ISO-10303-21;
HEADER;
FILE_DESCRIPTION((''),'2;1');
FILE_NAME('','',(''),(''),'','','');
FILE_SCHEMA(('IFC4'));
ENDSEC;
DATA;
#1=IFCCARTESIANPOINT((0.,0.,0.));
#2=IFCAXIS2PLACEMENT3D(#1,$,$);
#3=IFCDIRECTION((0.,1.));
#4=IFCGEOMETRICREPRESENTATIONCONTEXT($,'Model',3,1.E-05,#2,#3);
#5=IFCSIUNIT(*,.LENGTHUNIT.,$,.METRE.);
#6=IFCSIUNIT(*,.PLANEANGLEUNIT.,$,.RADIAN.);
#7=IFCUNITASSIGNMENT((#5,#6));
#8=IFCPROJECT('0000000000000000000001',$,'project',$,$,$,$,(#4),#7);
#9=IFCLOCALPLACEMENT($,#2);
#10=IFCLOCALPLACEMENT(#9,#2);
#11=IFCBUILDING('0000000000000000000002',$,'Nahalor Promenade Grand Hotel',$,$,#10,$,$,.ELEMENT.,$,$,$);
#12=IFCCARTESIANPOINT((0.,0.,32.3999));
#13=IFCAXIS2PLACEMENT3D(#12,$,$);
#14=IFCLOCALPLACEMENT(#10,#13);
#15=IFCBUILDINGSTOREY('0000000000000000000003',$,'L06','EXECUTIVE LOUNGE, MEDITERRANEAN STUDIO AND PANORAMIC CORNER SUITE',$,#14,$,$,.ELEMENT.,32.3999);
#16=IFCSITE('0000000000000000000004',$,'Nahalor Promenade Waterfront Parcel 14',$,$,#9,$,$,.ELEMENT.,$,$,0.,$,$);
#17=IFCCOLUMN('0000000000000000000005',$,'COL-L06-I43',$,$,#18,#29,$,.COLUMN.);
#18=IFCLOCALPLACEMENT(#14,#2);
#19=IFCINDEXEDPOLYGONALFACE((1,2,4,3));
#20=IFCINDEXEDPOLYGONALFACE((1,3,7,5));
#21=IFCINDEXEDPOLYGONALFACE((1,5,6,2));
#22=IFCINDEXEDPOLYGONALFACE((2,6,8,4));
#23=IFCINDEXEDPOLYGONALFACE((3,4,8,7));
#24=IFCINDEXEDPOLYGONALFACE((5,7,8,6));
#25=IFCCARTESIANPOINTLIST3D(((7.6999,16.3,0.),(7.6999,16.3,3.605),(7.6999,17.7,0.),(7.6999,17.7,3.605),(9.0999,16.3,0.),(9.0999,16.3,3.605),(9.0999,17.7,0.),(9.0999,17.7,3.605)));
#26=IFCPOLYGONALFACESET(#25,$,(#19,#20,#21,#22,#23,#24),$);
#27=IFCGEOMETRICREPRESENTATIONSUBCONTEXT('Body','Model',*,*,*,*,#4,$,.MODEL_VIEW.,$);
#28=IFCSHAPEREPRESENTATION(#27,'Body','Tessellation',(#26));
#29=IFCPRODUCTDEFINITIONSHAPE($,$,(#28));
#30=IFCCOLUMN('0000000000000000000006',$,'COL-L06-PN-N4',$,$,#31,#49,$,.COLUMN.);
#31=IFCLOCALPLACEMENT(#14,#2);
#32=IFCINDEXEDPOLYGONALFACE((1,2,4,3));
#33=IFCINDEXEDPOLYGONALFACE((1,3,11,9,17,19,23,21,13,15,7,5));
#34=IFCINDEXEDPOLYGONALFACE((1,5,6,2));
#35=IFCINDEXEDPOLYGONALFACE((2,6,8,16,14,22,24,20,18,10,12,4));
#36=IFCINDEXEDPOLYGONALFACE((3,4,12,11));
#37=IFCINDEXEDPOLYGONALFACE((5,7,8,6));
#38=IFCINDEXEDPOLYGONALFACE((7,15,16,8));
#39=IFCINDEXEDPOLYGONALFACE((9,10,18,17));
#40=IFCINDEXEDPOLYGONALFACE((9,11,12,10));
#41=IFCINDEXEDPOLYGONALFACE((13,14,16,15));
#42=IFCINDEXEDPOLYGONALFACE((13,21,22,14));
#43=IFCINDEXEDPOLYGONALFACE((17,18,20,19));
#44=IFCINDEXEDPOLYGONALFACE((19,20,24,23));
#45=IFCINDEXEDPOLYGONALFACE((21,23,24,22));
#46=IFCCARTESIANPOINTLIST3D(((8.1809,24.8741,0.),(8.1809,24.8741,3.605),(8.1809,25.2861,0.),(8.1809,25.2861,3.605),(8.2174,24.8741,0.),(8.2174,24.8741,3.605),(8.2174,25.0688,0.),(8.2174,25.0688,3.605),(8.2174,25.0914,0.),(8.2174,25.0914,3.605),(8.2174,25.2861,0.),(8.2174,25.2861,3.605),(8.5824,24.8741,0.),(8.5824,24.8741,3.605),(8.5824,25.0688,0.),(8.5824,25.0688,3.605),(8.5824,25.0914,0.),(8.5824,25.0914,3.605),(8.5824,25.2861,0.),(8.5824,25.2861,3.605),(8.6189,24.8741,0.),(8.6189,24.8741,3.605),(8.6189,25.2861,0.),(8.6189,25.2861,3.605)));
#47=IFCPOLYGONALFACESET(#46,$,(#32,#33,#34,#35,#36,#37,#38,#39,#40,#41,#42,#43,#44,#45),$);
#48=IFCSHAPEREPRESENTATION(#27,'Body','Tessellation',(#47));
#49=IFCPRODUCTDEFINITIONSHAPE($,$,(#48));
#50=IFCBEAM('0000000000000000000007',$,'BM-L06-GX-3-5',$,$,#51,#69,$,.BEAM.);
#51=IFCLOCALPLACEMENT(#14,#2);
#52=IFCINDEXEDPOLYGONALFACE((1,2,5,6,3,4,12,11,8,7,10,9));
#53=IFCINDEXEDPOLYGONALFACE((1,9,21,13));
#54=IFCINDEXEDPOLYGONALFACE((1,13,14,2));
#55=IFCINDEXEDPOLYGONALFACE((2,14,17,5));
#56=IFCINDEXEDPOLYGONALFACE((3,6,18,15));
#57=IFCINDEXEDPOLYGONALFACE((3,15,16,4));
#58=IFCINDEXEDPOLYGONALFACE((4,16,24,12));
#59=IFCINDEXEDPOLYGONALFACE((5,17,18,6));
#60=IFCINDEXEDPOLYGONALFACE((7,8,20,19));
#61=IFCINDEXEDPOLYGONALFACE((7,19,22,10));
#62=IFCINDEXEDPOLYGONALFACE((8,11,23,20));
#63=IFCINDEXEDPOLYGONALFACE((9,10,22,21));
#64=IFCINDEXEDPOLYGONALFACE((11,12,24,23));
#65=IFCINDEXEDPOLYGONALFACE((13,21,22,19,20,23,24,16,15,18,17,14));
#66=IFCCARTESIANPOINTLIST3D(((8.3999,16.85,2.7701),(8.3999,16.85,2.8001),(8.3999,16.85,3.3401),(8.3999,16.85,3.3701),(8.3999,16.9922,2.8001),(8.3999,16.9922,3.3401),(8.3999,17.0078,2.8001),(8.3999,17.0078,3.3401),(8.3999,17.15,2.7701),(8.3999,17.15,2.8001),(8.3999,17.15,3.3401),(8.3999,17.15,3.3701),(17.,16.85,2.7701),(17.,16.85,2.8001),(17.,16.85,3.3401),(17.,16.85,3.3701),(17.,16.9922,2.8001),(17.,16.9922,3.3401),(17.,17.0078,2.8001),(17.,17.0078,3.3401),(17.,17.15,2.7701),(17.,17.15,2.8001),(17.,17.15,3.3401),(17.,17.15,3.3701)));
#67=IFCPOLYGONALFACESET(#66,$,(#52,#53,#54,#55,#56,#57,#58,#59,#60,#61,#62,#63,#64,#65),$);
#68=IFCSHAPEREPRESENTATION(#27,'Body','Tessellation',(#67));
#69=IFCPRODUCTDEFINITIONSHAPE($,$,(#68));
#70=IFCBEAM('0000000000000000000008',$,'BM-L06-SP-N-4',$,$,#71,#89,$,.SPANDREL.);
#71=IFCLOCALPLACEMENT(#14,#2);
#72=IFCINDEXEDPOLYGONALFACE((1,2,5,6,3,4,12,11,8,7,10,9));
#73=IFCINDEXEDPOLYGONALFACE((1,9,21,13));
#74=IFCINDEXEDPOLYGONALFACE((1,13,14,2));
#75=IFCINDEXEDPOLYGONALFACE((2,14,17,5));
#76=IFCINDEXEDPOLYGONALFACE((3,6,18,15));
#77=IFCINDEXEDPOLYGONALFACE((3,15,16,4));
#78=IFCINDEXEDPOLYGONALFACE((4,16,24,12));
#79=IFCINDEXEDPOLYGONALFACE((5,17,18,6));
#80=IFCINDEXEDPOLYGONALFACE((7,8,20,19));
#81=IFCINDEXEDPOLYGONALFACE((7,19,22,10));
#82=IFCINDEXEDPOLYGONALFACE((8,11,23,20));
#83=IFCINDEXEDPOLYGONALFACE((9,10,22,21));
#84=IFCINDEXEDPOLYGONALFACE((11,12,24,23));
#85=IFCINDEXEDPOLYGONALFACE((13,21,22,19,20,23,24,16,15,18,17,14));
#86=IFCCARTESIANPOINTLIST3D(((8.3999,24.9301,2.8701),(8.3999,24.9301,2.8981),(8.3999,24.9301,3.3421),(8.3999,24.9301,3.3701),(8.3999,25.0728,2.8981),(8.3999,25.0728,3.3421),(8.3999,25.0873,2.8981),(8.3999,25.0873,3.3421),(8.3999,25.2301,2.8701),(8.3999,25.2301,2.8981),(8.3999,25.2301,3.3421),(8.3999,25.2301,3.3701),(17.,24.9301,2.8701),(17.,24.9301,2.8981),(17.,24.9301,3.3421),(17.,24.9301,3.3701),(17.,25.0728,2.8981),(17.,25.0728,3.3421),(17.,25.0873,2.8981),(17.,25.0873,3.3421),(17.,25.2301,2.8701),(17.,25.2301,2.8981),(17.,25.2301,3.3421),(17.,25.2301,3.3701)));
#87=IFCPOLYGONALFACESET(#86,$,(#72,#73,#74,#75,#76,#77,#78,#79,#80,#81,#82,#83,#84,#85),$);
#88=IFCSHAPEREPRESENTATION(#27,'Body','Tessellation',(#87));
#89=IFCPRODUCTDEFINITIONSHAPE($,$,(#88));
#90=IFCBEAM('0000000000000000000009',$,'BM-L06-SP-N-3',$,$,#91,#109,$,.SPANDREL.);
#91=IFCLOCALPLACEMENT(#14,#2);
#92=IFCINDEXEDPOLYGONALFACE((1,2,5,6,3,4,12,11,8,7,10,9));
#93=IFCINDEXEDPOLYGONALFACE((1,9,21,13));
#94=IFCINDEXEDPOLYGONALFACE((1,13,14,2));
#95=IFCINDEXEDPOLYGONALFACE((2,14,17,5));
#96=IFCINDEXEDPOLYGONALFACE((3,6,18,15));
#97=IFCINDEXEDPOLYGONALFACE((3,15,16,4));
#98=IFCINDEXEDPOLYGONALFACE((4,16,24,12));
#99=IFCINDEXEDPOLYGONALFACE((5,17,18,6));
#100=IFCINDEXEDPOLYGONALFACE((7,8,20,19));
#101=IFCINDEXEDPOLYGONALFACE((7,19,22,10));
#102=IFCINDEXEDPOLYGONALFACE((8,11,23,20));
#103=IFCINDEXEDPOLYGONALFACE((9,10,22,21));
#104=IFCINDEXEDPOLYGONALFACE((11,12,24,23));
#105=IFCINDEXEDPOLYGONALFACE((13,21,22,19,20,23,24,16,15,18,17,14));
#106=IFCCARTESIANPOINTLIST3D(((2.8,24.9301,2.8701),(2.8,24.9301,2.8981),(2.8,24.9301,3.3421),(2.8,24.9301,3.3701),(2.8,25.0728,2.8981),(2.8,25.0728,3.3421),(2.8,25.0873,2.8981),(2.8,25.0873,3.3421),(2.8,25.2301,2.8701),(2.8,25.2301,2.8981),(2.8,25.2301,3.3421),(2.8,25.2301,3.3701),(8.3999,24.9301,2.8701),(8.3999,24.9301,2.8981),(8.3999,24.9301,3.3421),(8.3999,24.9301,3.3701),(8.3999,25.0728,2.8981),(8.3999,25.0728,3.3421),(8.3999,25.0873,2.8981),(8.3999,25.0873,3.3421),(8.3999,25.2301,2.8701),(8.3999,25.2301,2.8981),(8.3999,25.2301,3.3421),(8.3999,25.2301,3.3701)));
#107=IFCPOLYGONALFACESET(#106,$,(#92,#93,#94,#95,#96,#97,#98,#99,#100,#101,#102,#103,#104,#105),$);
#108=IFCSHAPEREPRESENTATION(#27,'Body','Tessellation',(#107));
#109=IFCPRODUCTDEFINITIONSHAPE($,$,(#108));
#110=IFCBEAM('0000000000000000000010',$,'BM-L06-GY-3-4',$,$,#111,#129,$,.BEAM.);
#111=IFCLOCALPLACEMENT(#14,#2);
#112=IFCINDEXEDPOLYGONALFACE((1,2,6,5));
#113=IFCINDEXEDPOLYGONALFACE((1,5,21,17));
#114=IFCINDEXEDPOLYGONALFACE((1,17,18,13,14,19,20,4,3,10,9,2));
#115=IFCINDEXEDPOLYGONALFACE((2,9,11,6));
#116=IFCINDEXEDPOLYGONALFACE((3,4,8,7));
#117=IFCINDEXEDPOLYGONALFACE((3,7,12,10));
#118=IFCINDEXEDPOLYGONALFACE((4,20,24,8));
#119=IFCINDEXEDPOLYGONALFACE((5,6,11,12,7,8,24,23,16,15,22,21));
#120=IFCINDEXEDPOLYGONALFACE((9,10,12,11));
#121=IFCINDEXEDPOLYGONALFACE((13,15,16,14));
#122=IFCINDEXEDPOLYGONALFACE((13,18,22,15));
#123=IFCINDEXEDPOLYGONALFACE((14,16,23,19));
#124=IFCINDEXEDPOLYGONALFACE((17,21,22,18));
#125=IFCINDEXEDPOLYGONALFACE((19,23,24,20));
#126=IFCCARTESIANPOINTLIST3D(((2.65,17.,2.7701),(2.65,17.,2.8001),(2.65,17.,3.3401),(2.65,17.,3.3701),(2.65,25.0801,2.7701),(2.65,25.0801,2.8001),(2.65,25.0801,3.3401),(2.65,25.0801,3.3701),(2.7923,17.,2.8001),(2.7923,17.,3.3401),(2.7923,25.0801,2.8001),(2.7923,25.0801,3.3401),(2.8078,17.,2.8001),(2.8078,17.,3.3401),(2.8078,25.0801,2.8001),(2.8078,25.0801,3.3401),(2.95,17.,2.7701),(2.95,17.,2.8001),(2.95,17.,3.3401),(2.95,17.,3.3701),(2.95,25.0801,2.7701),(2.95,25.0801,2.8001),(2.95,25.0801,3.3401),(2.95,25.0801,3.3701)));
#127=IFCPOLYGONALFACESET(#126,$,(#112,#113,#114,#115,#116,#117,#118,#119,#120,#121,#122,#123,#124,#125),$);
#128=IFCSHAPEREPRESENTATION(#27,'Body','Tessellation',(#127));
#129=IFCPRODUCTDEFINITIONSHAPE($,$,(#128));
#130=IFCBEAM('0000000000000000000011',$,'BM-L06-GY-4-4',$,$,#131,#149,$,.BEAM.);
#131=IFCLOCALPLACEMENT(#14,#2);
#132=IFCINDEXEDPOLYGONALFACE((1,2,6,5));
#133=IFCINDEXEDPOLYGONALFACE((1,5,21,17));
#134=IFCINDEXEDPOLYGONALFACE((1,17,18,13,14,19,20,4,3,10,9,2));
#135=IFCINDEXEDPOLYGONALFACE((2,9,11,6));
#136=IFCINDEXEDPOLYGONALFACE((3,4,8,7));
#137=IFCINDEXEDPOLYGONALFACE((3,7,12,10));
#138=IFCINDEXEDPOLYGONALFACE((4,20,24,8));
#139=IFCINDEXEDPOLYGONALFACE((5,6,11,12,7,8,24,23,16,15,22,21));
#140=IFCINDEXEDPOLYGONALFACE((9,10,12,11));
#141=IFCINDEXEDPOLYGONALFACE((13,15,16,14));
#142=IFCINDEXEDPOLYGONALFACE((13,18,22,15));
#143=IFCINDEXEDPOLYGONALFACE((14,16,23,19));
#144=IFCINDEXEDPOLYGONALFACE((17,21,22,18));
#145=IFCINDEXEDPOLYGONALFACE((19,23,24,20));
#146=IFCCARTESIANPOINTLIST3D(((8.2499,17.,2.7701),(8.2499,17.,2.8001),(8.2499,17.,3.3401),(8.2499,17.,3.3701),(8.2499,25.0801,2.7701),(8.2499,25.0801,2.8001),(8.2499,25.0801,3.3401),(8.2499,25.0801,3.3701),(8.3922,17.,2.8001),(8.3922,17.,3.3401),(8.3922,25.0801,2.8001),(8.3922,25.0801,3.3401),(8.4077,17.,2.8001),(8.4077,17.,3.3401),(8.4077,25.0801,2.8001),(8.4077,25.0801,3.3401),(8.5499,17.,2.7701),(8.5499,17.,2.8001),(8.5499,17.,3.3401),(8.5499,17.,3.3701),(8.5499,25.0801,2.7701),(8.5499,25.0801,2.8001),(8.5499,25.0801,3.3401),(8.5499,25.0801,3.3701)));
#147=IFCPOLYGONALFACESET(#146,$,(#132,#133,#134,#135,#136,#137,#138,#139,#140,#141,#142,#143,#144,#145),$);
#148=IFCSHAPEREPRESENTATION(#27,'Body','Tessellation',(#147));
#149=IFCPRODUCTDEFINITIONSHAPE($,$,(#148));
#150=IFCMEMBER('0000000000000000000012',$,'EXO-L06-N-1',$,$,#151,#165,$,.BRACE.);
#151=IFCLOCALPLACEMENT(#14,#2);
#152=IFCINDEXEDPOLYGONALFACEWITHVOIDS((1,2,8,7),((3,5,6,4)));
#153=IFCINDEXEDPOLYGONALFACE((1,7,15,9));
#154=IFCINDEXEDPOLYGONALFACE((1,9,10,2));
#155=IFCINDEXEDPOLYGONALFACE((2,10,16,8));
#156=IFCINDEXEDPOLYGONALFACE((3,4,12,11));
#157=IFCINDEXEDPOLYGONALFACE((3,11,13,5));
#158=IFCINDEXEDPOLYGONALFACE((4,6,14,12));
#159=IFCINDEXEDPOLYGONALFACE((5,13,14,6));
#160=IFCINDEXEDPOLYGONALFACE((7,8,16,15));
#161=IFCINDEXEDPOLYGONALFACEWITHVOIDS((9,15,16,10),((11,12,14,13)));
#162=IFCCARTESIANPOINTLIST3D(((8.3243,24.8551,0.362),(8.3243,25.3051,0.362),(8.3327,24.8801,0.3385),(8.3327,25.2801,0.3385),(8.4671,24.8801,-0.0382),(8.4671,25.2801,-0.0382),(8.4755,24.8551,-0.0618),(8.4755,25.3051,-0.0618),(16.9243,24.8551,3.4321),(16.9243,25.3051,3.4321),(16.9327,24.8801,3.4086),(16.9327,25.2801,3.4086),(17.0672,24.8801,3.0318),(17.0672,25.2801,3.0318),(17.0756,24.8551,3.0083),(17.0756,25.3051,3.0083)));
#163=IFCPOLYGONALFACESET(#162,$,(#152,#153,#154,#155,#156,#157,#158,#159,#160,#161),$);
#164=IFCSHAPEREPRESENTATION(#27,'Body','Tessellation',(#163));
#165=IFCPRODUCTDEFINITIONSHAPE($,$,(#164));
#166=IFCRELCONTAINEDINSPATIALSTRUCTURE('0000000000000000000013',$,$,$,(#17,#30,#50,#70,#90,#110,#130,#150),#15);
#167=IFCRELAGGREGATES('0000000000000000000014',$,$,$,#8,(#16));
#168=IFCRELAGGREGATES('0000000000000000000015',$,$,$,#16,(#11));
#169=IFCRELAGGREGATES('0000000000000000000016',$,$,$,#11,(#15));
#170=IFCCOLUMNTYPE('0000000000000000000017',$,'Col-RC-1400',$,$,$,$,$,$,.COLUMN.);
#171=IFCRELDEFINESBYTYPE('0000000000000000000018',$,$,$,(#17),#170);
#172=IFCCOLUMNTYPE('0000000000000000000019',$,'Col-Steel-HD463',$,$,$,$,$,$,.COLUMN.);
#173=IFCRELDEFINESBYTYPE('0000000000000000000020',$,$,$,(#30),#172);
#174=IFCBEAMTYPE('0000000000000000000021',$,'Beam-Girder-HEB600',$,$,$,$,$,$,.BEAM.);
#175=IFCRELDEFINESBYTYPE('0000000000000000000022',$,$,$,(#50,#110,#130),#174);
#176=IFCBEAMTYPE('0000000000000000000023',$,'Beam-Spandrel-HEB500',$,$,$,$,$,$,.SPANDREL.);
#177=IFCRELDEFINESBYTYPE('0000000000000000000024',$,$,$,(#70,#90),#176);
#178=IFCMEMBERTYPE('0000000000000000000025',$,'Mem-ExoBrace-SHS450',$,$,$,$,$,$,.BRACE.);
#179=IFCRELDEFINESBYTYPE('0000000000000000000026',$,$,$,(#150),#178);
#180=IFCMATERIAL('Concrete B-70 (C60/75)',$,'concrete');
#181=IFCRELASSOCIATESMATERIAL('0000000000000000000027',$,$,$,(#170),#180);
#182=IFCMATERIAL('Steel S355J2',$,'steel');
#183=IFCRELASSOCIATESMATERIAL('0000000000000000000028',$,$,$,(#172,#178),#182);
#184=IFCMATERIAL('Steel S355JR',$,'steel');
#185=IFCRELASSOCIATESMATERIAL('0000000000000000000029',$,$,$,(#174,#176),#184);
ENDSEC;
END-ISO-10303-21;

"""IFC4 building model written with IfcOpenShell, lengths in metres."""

from ifc_helpers import new_model, si_unit, direction, frame, origin, origin_2d, place, context, subcontext, project, spatial, rectangle, hollow_rectangle, i_section, extrude, source, transform, mapped, material, material_profile, profile_set, type_object, element, save


model = new_model("IFC4")

# Units and contexts
model_context = context("Model", 3, precision=1e-05, world=origin(), true_north=direction((0.0, 1.0)))
body_context = subcontext(model_context, "Body", "Model", "MODEL_VIEW")
ifc_project = project(units=[si_unit("LENGTHUNIT", "METRE"), si_unit("PLANEANGLEUNIT", "RADIAN")], contexts=[model_context])

# Site, building, storey
site_placement = place(None, origin())
site = spatial("IfcSite", under=ifc_project, at=site_placement, Name="Nahalor Promenade Waterfront Parcel 14", CompositionType="ELEMENT", RefElevation=0.0)
building_placement = place(site_placement, origin())
building = spatial("IfcBuilding", under=site, at=building_placement, Name="Nahalor Promenade Grand Hotel", CompositionType="ELEMENT")
storey_placement = place(building_placement, frame((0.0, 0.0, 32.3999)))
storey = spatial("IfcBuildingStorey", under=building, at=storey_placement, Name="L06", Description="EXECUTIVE LOUNGE, MEDITERRANEAN STUDIO AND PANORAMIC CORNER SUITE", CompositionType="ELEMENT", Elevation=32.3999)

# Columns
ifc_material_1 = material(Name="Concrete B-70 (C60/75)", Category="concrete")
ifc_material_profile_1 = material_profile(ifc_material_1, rectangle(XDim=1.4, YDim=1.4, at=origin_2d()), Name="RC 1400x1400")
ifc_profile_set_1 = profile_set([ifc_material_profile_1], Name="Concrete B-70 (C60/75)")
column_type_1 = type_object("IfcColumnType", Name="Col-RC-1400", PredefinedType="COLUMN", material=ifc_profile_set_1)
shared_shape_1 = source(origin(), body_context, "Body", "SweptSolid", [
    extrude(rectangle(XDim=1.4, YDim=1.4, at=origin_2d()), origin(), (0.0, 0.0, 1.0), 3.605),
])
column_1_placement = place(storey_placement, frame((8.3999, 17.0, 0.0), z_axis=(0.0, 0.0, 1.0), x_axis=(1.0, 0.0, 0.0)))
element("IfcColumn", 1, at=column_1_placement, inside=storey, type_object=column_type_1, Name="COL-L06-I43", PredefinedType="COLUMN", context=body_context, shape_type="MappedRepresentation", body=[
    mapped(shared_shape_1, transform((0.0, 0.0, 0.0), scale=1.0)),
])
ifc_material_2 = material(Name="Steel S355J2", Category="steel")
ifc_material_profile_2 = material_profile(ifc_material_2, i_section(OverallWidth=0.412, OverallDepth=0.438, WebThickness=0.0226, FlangeThickness=0.0365, at=origin_2d()), Name="HD 400x463")
ifc_profile_set_2 = profile_set([ifc_material_profile_2], Name="Steel S355J2")
column_type_2 = type_object("IfcColumnType", Name="Col-Steel-HD463", PredefinedType="COLUMN", material=ifc_profile_set_2)
shared_shape_2 = source(origin(), body_context, "Body", "SweptSolid", [
    extrude(i_section(OverallWidth=0.412, OverallDepth=0.438, WebThickness=0.0226, FlangeThickness=0.0365, at=origin_2d()), origin(), (0.0, 0.0, 1.0), 3.605),
])
column_2_placement = place(storey_placement, frame((8.3999, 25.0801, 0.0), z_axis=(0.0, 0.0, 1.0), x_axis=(0.0, 1.0, 0.0)))
element("IfcColumn", 2, at=column_2_placement, inside=storey, type_object=column_type_2, Name="COL-L06-PN-N4", PredefinedType="COLUMN", context=body_context, shape_type="MappedRepresentation", body=[
    mapped(shared_shape_2, transform((0.0, 0.0, 0.0), scale=1.0)),
])

# Beams
ifc_material_3 = material(Name="Steel S355JR", Category="steel")
ifc_material_profile_3 = material_profile(ifc_material_3, i_section(OverallWidth=0.3, OverallDepth=0.6, WebThickness=0.0155, FlangeThickness=0.03, at=origin_2d()), Name="HEB 600")
ifc_profile_set_3 = profile_set([ifc_material_profile_3], Name="Steel S355JR")
beam_type_1 = type_object("IfcBeamType", Name="Beam-Girder-HEB600", PredefinedType="BEAM", material=ifc_profile_set_3)
shared_shape_3 = source(origin(), body_context, "Body", "SweptSolid", [
    extrude(i_section(OverallWidth=0.3, OverallDepth=0.6, WebThickness=0.0155, FlangeThickness=0.03, at=origin_2d()), origin(), (0.0, 0.0, 1.0), 8.6001),
])
beam_1_placement = place(storey_placement, frame((8.3999, 17.0, 3.0701), z_axis=(1.0, 0.0, 0.0), x_axis=(0.0, 1.0, 0.0)))
element("IfcBeam", 3, at=beam_1_placement, inside=storey, type_object=beam_type_1, Name="BM-L06-GX-3-5", PredefinedType="BEAM", context=body_context, shape_type="MappedRepresentation", body=[
    mapped(shared_shape_3, transform((0.0, 0.0, 0.0), scale=1.0)),
])
ifc_material_profile_4 = material_profile(ifc_material_3, i_section(OverallWidth=0.3, OverallDepth=0.5, WebThickness=0.0145, FlangeThickness=0.028, at=origin_2d()), Name="HEB 500")
ifc_profile_set_4 = profile_set([ifc_material_profile_4], Name="Steel S355JR")
beam_type_2 = type_object("IfcBeamType", Name="Beam-Spandrel-HEB500", PredefinedType="SPANDREL", material=ifc_profile_set_4)
shared_shape_4 = source(origin(), body_context, "Body", "SweptSolid", [
    extrude(i_section(OverallWidth=0.3, OverallDepth=0.5, WebThickness=0.0145, FlangeThickness=0.028, at=origin_2d()), origin(), (0.0, 0.0, 1.0), 8.6001),
])
beam_2_placement = place(storey_placement, frame((8.3999, 25.0801, 3.1201), z_axis=(1.0, 0.0, 0.0), x_axis=(0.0, 1.0, 0.0)))
element("IfcBeam", 4, at=beam_2_placement, inside=storey, type_object=beam_type_2, Name="BM-L06-SP-N-4", PredefinedType="SPANDREL", context=body_context, shape_type="MappedRepresentation", body=[
    mapped(shared_shape_4, transform((0.0, 0.0, 0.0), scale=1.0)),
])
shared_shape_5 = source(origin(), body_context, "Body", "SweptSolid", [
    extrude(i_section(OverallWidth=0.3, OverallDepth=0.5, WebThickness=0.0145, FlangeThickness=0.028, at=origin_2d()), origin(), (0.0, 0.0, 1.0), 5.5999),
])
beam_3_placement = place(storey_placement, frame((2.8, 25.0801, 3.1201), z_axis=(1.0, 0.0, 0.0), x_axis=(0.0, 1.0, 0.0)))
element("IfcBeam", 5, at=beam_3_placement, inside=storey, type_object=beam_type_2, Name="BM-L06-SP-N-3", PredefinedType="SPANDREL", context=body_context, shape_type="MappedRepresentation", body=[
    mapped(shared_shape_5, transform((0.0, 0.0, 0.0), scale=1.0)),
])
shared_shape_6 = source(origin(), body_context, "Body", "SweptSolid", [
    extrude(i_section(OverallWidth=0.3, OverallDepth=0.6, WebThickness=0.0155, FlangeThickness=0.03, at=origin_2d()), origin(), (0.0, 0.0, 1.0), 8.0801),
])
for number, where, z_axis, x_axis, name in (
    (6, (2.8, 17.0, 3.0701), (0.0, 1.0, 0.0), (-1.0, 0.0, 0.0), "BM-L06-GY-3-4"),
    (7, (8.3999, 17.0, 3.0701), (0.0, 1.0, 0.0), (-1.0, 0.0, 0.0), "BM-L06-GY-4-4"),
):
    element("IfcBeam", number, at=place(storey_placement, frame(where, z_axis=z_axis, x_axis=x_axis)), inside=storey, type_object=beam_type_1, Name=name, PredefinedType="BEAM", context=body_context, shape_type="MappedRepresentation", body=[
        mapped(shared_shape_6, transform((0.0, 0.0, 0.0), scale=1.0)),
    ])

# Member
ifc_material_profile_5 = material_profile(ifc_material_2, hollow_rectangle(XDim=0.45, YDim=0.45, WallThickness=0.025, at=origin_2d()), Name="SHS 450x450x25")
ifc_profile_set_5 = profile_set([ifc_material_profile_5], Name="Steel S355J2")
member_type = type_object("IfcMemberType", Name="Mem-ExoBrace-SHS450", PredefinedType="BRACE", material=ifc_profile_set_5)
shared_shape_7 = source(origin(), body_context, "Body", "SweptSolid", [
    extrude(hollow_rectangle(XDim=0.45, YDim=0.45, WallThickness=0.025, at=origin_2d()), origin(), (0.0, 0.0, 1.0), 9.1316),
])
member_placement = place(storey_placement, frame((8.3999, 25.0801, 0.1501), z_axis=(0.94179, 0.0, 0.336201), x_axis=(0.0, 1.0, 0.0)))
element("IfcMember", 8, at=member_placement, inside=storey, type_object=member_type, Name="EXO-L06-N-1", PredefinedType="BRACE", context=body_context, shape_type="MappedRepresentation", body=[
    mapped(shared_shape_7, transform((0.0, 0.0, 0.0), scale=1.0)),
])

save(model, "model.ifc")
